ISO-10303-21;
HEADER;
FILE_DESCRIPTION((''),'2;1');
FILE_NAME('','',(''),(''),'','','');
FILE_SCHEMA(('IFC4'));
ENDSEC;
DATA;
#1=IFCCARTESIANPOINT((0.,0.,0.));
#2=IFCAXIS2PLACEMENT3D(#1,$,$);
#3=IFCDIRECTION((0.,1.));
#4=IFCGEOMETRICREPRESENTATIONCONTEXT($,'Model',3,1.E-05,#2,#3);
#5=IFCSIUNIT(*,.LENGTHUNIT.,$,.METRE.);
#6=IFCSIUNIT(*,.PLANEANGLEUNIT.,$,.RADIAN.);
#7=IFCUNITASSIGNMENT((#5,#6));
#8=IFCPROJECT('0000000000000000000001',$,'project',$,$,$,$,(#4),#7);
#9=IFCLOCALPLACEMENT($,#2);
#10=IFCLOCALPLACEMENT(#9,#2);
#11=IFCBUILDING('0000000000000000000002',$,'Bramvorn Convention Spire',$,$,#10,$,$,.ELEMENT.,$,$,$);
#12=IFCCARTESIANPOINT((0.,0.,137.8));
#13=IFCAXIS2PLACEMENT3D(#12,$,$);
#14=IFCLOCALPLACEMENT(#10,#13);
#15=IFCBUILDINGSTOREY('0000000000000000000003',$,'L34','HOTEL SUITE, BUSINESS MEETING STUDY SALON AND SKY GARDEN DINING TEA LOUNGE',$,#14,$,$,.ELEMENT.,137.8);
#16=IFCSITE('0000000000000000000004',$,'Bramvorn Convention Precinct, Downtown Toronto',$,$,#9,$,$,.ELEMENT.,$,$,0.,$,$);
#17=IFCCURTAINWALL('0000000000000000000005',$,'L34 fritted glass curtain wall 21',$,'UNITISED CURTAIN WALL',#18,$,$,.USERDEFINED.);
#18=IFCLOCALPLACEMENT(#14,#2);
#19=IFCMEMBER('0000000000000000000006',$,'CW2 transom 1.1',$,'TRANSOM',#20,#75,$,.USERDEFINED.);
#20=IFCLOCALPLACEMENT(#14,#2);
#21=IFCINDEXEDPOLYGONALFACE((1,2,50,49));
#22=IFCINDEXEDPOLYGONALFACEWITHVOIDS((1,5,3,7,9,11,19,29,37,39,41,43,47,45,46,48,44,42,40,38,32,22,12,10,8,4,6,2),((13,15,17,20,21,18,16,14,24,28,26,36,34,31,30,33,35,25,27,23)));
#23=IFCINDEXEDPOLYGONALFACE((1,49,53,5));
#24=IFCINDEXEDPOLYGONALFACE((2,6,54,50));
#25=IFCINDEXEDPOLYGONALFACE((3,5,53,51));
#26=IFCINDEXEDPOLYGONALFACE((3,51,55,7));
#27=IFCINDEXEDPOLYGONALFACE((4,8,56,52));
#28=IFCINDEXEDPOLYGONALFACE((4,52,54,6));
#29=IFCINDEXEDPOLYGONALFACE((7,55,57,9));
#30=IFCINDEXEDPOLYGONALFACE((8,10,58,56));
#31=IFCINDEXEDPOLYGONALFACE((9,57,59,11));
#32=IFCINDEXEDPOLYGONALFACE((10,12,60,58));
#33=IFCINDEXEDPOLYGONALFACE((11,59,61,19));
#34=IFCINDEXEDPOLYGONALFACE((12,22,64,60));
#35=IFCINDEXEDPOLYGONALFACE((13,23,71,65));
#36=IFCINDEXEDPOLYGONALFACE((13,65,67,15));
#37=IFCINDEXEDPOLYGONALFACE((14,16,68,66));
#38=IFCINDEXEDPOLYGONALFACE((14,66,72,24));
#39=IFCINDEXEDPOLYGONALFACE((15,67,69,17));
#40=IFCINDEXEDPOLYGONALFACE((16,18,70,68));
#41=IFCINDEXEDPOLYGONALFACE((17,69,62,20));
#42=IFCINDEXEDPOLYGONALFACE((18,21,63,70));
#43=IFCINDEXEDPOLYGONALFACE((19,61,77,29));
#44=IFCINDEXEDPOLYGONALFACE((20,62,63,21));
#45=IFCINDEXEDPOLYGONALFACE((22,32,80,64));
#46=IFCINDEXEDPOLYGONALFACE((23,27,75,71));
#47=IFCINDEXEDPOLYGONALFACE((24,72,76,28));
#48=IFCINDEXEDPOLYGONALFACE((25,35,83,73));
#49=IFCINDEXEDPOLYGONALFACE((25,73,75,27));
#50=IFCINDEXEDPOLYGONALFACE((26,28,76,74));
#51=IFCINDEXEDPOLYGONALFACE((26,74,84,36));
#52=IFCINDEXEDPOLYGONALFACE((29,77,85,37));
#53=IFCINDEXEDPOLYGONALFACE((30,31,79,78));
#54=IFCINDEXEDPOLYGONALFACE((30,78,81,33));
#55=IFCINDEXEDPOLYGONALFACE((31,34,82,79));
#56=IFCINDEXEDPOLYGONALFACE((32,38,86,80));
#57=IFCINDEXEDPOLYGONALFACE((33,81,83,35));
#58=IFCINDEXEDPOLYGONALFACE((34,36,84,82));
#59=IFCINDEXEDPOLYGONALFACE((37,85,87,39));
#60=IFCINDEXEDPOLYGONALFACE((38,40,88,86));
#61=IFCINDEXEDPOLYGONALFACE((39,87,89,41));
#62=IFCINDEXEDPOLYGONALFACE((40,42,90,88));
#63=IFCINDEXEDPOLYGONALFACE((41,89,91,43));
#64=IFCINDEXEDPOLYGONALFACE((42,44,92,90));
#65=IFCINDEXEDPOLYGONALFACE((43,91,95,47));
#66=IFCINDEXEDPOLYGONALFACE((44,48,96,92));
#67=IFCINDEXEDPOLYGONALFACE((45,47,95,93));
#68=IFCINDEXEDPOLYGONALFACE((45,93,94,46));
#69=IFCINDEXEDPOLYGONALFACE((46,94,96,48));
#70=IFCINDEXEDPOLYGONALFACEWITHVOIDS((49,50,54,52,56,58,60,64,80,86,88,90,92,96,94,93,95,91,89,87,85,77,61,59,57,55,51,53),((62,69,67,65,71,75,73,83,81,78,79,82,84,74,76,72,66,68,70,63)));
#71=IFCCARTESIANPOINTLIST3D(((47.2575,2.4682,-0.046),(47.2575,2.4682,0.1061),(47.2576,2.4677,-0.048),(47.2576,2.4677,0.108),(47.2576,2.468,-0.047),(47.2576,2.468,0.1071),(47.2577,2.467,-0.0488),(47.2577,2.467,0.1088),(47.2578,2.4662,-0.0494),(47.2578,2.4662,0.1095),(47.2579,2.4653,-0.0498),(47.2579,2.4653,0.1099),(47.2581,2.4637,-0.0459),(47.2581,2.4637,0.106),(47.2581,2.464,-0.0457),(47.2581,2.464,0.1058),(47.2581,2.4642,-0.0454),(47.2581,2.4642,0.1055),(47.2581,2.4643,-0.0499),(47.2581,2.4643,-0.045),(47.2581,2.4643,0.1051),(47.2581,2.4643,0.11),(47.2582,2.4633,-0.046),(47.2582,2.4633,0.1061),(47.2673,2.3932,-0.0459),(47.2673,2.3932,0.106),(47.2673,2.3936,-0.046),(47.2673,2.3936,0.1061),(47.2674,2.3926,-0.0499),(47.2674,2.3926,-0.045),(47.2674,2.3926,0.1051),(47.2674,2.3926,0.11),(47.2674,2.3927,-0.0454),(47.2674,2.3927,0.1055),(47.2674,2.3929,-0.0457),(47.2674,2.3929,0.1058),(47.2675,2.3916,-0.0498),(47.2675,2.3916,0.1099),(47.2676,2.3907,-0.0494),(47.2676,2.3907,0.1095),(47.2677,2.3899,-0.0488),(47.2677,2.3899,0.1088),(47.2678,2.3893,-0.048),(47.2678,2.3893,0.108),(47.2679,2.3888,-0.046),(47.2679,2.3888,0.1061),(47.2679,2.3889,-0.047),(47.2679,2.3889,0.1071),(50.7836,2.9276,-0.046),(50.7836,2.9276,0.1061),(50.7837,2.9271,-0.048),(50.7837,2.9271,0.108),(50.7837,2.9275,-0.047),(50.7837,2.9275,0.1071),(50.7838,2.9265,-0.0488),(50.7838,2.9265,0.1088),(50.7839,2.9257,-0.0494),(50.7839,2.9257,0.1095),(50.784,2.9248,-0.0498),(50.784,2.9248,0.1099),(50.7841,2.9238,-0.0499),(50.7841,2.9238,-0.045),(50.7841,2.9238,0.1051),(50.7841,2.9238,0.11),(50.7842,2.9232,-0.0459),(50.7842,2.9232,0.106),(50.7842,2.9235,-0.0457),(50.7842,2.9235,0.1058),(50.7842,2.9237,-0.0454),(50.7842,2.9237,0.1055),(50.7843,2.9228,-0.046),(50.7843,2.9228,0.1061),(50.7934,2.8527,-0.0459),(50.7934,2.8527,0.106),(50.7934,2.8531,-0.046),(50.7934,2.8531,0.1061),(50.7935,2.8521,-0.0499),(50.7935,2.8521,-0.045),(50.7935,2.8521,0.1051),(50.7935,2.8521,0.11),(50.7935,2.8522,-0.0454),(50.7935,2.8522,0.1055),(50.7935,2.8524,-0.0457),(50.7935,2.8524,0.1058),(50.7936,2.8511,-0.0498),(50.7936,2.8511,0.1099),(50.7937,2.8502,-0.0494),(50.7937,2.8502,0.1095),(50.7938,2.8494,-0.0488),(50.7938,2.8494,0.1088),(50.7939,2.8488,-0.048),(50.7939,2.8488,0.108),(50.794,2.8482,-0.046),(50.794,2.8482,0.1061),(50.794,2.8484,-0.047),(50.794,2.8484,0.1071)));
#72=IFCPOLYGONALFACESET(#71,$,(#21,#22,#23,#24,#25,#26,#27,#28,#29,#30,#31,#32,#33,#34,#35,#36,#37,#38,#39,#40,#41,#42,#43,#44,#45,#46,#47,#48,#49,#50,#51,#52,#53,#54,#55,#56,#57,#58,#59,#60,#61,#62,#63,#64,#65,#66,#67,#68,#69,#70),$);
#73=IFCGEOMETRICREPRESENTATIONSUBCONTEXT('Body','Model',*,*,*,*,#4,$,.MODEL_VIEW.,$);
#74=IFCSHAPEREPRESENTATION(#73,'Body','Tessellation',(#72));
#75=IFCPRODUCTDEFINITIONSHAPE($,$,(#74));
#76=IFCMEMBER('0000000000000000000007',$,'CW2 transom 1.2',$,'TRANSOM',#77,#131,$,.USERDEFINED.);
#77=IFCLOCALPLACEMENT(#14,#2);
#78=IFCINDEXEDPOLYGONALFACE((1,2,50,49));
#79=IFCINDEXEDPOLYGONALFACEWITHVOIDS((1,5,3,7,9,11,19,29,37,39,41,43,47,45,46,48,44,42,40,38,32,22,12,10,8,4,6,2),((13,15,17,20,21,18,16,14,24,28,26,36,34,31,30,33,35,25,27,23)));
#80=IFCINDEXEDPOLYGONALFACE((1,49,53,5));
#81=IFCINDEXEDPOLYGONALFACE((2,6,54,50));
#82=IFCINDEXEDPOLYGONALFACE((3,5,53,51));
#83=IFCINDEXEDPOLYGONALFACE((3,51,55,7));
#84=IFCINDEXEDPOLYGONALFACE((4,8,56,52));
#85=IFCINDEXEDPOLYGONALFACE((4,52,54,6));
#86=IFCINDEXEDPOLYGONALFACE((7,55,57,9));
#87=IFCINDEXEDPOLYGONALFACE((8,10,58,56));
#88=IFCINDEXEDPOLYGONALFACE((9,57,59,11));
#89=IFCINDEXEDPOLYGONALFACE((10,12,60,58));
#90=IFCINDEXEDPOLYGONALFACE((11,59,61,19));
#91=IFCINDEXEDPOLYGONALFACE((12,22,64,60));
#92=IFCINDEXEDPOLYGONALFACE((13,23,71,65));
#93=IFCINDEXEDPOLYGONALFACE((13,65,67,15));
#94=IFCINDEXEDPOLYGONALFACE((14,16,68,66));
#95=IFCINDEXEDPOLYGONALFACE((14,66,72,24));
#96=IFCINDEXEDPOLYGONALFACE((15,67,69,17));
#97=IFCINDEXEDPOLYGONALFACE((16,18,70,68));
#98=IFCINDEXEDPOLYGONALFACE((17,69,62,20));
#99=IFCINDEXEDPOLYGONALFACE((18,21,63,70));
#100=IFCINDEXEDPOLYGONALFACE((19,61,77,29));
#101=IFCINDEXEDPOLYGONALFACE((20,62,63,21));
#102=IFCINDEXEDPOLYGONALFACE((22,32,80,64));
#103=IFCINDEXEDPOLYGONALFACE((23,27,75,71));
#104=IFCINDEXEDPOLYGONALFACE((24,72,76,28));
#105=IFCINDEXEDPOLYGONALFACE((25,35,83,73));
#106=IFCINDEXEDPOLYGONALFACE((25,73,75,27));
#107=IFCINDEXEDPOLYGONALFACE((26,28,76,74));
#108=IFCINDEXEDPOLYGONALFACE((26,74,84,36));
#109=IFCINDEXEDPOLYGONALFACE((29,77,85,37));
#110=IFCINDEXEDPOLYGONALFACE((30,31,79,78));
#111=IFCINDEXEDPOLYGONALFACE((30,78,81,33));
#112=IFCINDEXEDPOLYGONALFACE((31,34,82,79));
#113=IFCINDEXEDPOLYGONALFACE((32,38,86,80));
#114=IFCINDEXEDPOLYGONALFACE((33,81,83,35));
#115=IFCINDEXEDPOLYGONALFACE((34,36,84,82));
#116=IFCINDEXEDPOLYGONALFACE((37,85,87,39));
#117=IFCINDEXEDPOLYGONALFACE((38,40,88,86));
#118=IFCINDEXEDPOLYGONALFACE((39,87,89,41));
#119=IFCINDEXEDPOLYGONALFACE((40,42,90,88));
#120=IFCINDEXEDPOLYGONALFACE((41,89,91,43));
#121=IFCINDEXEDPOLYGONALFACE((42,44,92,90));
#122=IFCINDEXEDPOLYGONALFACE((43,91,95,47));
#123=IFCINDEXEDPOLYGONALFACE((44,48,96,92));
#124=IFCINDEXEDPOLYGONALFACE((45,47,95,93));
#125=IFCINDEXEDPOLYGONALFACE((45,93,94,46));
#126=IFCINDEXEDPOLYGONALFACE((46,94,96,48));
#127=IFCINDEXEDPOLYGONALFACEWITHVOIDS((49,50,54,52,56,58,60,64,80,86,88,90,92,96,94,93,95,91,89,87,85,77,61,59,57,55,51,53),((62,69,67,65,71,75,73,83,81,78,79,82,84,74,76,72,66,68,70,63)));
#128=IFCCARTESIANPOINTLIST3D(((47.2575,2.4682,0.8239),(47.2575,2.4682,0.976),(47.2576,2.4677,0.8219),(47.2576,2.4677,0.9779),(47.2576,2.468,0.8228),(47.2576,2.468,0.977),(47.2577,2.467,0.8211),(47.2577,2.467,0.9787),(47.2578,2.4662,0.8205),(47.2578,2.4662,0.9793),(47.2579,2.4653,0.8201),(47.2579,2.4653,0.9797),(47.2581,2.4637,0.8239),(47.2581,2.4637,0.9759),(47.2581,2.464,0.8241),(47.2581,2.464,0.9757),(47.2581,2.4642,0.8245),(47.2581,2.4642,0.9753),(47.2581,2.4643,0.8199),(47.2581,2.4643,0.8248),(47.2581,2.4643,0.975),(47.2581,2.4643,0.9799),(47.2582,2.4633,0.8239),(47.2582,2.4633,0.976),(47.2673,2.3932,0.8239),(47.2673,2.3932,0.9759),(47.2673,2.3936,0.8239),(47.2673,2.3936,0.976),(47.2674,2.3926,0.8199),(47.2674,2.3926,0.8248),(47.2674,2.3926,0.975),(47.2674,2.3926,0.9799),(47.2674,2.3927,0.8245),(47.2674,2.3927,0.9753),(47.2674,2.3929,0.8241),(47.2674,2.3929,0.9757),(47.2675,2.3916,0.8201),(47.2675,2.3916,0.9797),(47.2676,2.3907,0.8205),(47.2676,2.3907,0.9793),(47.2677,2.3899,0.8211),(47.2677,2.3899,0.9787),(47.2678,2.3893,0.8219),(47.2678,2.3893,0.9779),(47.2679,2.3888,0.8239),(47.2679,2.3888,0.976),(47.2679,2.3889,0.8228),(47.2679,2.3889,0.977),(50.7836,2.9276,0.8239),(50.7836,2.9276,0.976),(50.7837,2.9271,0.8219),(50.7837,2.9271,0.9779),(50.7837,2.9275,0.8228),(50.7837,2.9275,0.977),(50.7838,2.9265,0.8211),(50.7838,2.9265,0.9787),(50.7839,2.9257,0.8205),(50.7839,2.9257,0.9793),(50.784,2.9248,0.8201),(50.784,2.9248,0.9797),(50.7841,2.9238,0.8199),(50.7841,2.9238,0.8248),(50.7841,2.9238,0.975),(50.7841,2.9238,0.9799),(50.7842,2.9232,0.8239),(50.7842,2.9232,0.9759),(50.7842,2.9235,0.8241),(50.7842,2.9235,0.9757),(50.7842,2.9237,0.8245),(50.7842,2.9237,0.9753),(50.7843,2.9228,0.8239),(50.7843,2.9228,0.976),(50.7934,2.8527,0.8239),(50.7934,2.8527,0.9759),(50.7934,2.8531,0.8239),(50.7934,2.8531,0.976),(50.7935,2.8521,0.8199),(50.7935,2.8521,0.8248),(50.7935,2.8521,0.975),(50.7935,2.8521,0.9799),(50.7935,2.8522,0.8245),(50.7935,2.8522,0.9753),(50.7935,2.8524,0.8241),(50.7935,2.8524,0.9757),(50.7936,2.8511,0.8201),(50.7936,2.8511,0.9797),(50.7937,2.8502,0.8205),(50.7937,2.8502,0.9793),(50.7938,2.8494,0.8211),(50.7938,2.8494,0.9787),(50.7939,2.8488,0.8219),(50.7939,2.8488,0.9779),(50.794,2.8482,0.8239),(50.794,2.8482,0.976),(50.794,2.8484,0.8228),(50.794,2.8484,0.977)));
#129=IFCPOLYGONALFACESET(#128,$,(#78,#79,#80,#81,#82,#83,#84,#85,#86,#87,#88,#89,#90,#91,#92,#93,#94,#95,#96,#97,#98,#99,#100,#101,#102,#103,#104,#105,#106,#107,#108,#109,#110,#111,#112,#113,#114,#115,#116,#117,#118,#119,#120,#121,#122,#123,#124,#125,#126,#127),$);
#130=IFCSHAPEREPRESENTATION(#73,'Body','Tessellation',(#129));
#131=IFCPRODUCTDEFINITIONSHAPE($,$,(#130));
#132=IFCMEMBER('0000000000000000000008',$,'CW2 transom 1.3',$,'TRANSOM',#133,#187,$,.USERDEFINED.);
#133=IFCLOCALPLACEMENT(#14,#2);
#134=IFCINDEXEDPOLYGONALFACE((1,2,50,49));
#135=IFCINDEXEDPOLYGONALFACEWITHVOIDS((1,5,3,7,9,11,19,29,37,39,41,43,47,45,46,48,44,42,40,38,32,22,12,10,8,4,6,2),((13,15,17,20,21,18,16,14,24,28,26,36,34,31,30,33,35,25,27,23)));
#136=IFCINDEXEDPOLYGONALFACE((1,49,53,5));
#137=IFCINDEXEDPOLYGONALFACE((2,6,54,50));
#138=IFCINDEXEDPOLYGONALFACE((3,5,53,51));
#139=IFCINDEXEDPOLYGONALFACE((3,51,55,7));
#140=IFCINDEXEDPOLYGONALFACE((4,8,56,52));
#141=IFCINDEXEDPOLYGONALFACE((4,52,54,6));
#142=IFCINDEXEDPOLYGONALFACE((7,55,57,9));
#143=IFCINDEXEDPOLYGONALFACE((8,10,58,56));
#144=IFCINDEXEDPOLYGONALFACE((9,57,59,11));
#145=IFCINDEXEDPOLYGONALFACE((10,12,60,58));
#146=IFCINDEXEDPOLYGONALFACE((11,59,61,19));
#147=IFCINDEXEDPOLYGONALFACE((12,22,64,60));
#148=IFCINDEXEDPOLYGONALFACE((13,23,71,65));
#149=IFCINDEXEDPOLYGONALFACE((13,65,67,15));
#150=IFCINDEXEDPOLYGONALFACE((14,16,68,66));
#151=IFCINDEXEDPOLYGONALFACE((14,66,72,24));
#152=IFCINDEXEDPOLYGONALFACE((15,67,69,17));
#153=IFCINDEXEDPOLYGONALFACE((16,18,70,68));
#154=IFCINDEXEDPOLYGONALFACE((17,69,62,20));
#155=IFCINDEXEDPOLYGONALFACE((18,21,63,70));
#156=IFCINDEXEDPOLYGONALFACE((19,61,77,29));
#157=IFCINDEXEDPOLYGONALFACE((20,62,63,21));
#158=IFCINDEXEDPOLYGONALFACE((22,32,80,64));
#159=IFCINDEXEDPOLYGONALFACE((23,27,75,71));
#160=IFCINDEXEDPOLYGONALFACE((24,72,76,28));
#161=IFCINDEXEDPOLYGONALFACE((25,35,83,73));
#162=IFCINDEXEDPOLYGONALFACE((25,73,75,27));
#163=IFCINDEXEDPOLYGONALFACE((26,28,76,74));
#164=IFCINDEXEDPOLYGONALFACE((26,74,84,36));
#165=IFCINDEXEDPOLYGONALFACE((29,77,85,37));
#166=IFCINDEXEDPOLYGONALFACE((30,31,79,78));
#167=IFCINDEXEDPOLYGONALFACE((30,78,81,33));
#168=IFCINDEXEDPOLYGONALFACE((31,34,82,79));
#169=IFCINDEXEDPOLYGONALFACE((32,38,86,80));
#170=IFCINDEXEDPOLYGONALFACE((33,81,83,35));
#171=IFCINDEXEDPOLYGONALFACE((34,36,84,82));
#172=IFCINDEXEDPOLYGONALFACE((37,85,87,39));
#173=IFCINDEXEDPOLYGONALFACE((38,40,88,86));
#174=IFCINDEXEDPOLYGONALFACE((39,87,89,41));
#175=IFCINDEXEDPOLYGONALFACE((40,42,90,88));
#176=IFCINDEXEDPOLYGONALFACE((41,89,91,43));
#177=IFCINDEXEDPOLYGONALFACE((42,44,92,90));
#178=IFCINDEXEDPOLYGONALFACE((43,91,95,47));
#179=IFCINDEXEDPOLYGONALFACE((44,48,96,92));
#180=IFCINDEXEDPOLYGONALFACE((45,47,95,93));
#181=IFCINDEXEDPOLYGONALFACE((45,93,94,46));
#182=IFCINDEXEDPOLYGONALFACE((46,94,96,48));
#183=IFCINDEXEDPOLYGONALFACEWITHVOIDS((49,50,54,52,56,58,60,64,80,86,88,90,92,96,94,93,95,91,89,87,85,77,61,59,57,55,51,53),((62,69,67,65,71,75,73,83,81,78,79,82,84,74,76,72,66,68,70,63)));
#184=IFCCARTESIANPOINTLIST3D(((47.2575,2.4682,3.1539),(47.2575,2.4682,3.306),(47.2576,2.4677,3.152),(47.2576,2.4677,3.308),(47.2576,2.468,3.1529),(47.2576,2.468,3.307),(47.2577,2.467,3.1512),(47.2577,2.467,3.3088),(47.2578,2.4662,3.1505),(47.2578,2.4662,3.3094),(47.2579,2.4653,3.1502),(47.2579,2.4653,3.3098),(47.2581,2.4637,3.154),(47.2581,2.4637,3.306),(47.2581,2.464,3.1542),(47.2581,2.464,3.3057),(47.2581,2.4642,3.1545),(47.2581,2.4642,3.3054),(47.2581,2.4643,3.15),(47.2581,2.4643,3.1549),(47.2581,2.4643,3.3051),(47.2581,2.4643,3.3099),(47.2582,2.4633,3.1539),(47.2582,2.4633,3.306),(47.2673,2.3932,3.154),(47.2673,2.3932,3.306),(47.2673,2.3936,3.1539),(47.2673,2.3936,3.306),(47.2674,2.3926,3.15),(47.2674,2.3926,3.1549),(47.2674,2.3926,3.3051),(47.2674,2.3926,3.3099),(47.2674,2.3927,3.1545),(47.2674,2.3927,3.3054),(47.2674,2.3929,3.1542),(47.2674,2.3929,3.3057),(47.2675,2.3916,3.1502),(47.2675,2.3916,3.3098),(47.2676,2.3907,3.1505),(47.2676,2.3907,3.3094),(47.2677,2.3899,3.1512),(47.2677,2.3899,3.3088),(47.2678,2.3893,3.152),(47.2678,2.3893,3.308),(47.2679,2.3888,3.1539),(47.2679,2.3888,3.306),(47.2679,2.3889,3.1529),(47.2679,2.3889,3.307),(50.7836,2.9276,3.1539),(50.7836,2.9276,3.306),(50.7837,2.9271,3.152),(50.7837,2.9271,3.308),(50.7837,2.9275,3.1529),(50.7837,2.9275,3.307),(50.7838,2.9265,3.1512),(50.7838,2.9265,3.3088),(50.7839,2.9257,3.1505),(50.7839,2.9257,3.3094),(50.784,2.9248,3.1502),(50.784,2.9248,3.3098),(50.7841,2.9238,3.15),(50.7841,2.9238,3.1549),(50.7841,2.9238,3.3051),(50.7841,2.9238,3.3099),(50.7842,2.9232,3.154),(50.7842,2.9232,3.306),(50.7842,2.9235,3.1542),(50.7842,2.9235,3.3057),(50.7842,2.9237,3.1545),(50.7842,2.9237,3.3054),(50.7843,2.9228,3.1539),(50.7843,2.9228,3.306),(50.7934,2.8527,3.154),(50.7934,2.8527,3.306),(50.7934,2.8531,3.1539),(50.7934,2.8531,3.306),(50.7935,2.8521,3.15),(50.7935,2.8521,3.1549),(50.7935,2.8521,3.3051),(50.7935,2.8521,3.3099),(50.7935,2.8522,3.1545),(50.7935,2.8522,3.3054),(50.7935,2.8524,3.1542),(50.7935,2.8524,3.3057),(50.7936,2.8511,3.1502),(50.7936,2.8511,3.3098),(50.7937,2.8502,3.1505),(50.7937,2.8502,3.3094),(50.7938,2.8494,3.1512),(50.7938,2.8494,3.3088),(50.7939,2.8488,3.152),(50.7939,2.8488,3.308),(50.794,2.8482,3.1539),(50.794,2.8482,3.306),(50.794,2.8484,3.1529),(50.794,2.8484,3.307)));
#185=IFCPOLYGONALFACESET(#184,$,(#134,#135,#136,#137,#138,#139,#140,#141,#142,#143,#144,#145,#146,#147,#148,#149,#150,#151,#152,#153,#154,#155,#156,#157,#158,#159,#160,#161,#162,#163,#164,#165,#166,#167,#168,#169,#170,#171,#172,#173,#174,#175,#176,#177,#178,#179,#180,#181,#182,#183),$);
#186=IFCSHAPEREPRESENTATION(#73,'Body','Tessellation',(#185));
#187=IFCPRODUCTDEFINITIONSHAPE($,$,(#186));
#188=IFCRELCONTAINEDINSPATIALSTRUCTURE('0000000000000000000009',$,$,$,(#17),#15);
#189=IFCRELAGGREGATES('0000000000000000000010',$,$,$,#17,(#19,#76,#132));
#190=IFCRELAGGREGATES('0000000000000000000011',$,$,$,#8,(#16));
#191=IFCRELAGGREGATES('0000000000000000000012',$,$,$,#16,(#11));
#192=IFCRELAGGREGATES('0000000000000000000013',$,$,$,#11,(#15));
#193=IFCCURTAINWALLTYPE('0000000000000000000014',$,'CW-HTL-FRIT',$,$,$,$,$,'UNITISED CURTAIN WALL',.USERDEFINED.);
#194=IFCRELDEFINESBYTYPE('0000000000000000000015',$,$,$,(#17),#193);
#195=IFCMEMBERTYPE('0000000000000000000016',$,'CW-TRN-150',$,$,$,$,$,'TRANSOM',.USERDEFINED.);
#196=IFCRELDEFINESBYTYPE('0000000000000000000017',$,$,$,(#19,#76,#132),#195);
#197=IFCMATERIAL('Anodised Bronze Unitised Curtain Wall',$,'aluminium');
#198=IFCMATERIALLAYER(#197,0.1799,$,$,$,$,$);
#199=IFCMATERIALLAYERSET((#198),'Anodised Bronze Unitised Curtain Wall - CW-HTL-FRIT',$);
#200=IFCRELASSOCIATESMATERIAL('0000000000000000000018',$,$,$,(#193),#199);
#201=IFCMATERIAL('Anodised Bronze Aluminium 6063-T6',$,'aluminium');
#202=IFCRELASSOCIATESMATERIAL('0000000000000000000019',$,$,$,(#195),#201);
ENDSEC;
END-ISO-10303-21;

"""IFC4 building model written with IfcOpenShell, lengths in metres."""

from ifc_helpers import new_model, si_unit, direction, frame, origin, origin_2d, place, context, subcontext, project, spatial, hollow_rectangle, extrude, material, layer, layer_set, material_profile, profile_set, type_object, element, aggregate, save


model = new_model("IFC4")

# Units and contexts
model_context = context("Model", 3, precision=1e-05, world=origin(), true_north=direction((0.0, 1.0)))
body_context = subcontext(model_context, "Body", "Model", "MODEL_VIEW")
ifc_project = project(units=[si_unit("LENGTHUNIT", "METRE"), si_unit("PLANEANGLEUNIT", "RADIAN")], contexts=[model_context])

# Site, building, storey
site_placement = place(None, origin())
site = spatial("IfcSite", under=ifc_project, at=site_placement, Name="Bramvorn Convention Precinct, Downtown Toronto", CompositionType="ELEMENT", RefElevation=0.0)
building_placement = place(site_placement, origin())
building = spatial("IfcBuilding", under=site, at=building_placement, Name="Bramvorn Convention Spire", CompositionType="ELEMENT")
storey_placement = place(building_placement, frame((0.0, 0.0, 137.8)))
storey = spatial("IfcBuildingStorey", under=building, at=storey_placement, Name="L34", Description="HOTEL SUITE, BUSINESS MEETING STUDY SALON AND SKY GARDEN DINING TEA LOUNGE", CompositionType="ELEMENT", Elevation=137.8)

# Curtain wall
ifc_material_1 = material(Name="Anodised Bronze Unitised Curtain Wall", Category="aluminium")
ifc_layer_1 = layer(ifc_material_1, 0.1799)
ifc_layer_set_1 = layer_set([ifc_layer_1], Name="Anodised Bronze Unitised Curtain Wall - CW-HTL-FRIT")
curtain_wall_type = type_object("IfcCurtainWallType", Name="CW-HTL-FRIT", ElementType="UNITISED CURTAIN WALL", PredefinedType="USERDEFINED", material=ifc_layer_set_1)
curtain_wall_1_placement = place(storey_placement, origin())
curtain_wall_1 = element("IfcCurtainWall", 1, at=curtain_wall_1_placement, inside=storey, type_object=curtain_wall_type, Name="L34 fritted glass curtain wall 21", ObjectType="UNITISED CURTAIN WALL", PredefinedType="USERDEFINED")
ifc_material_2 = material(Name="Anodised Bronze Aluminium 6063-T6", Category="aluminium")

# Members
ifc_material_profile_1 = material_profile(ifc_material_2, hollow_rectangle(XDim=0.0801, YDim=0.1599, WallThickness=0.0039, InnerFilletRadius=0.001, OuterFilletRadius=0.0039, at=origin_2d()))
ifc_profile_set_1 = profile_set([ifc_material_profile_1], Name="Anodised Bronze Aluminium 6063-T6 - CWT80X160")
member_type_1 = type_object("IfcMemberType", Name="CW-TRN-150", ElementType="TRANSOM", PredefinedType="USERDEFINED", material=ifc_profile_set_1)
member_1_placement = place(storey_placement, frame((50.7888, 2.8879, 0.03), z_axis=(-0.991617, -0.129213, 0.0), x_axis=(0.129213, -0.991617, 0.0)))
member_1 = element("IfcMember", 2, at=member_1_placement, type_object=member_type_1, Name="CW2 transom 1.1", ObjectType="TRANSOM", PredefinedType="USERDEFINED", context=body_context, shape_type="SweptSolid", body=[
    extrude(hollow_rectangle(XDim=0.0801, YDim=0.1599, WallThickness=0.0039, InnerFilletRadius=0.001, OuterFilletRadius=0.0039, at=origin_2d()), origin(), (0.0, 0.0, 1.0), 3.5559),
])
member_2_placement = place(storey_placement, frame((50.7888, 2.8879, 0.8999), z_axis=(-0.991617, -0.129213, 0.0), x_axis=(0.129213, -0.991617, 0.0)))
member_2 = element("IfcMember", 3, at=member_2_placement, type_object=member_type_1, Name="CW2 transom 1.2", ObjectType="TRANSOM", PredefinedType="USERDEFINED", context=body_context, shape_type="SweptSolid", body=[
    extrude(hollow_rectangle(XDim=0.0801, YDim=0.1599, WallThickness=0.0039, InnerFilletRadius=0.001, OuterFilletRadius=0.0039, at=origin_2d()), origin(), (0.0, 0.0, 1.0), 3.5559),
])
member_3_placement = place(storey_placement, frame((50.7888, 2.8879, 3.23), z_axis=(-0.991617, -0.129213, 0.0), x_axis=(0.129213, -0.991617, 0.0)))
member_3 = element("IfcMember", 4, at=member_3_placement, type_object=member_type_1, Name="CW2 transom 1.3", ObjectType="TRANSOM", PredefinedType="USERDEFINED", context=body_context, shape_type="SweptSolid", body=[
    extrude(hollow_rectangle(XDim=0.0801, YDim=0.1599, WallThickness=0.0039, InnerFilletRadius=0.001, OuterFilletRadius=0.0039, at=origin_2d()), origin(), (0.0, 0.0, 1.0), 3.5559),
])

aggregate(curtain_wall_1, [member_1, member_2, member_3])

save(model, "model.ifc")
